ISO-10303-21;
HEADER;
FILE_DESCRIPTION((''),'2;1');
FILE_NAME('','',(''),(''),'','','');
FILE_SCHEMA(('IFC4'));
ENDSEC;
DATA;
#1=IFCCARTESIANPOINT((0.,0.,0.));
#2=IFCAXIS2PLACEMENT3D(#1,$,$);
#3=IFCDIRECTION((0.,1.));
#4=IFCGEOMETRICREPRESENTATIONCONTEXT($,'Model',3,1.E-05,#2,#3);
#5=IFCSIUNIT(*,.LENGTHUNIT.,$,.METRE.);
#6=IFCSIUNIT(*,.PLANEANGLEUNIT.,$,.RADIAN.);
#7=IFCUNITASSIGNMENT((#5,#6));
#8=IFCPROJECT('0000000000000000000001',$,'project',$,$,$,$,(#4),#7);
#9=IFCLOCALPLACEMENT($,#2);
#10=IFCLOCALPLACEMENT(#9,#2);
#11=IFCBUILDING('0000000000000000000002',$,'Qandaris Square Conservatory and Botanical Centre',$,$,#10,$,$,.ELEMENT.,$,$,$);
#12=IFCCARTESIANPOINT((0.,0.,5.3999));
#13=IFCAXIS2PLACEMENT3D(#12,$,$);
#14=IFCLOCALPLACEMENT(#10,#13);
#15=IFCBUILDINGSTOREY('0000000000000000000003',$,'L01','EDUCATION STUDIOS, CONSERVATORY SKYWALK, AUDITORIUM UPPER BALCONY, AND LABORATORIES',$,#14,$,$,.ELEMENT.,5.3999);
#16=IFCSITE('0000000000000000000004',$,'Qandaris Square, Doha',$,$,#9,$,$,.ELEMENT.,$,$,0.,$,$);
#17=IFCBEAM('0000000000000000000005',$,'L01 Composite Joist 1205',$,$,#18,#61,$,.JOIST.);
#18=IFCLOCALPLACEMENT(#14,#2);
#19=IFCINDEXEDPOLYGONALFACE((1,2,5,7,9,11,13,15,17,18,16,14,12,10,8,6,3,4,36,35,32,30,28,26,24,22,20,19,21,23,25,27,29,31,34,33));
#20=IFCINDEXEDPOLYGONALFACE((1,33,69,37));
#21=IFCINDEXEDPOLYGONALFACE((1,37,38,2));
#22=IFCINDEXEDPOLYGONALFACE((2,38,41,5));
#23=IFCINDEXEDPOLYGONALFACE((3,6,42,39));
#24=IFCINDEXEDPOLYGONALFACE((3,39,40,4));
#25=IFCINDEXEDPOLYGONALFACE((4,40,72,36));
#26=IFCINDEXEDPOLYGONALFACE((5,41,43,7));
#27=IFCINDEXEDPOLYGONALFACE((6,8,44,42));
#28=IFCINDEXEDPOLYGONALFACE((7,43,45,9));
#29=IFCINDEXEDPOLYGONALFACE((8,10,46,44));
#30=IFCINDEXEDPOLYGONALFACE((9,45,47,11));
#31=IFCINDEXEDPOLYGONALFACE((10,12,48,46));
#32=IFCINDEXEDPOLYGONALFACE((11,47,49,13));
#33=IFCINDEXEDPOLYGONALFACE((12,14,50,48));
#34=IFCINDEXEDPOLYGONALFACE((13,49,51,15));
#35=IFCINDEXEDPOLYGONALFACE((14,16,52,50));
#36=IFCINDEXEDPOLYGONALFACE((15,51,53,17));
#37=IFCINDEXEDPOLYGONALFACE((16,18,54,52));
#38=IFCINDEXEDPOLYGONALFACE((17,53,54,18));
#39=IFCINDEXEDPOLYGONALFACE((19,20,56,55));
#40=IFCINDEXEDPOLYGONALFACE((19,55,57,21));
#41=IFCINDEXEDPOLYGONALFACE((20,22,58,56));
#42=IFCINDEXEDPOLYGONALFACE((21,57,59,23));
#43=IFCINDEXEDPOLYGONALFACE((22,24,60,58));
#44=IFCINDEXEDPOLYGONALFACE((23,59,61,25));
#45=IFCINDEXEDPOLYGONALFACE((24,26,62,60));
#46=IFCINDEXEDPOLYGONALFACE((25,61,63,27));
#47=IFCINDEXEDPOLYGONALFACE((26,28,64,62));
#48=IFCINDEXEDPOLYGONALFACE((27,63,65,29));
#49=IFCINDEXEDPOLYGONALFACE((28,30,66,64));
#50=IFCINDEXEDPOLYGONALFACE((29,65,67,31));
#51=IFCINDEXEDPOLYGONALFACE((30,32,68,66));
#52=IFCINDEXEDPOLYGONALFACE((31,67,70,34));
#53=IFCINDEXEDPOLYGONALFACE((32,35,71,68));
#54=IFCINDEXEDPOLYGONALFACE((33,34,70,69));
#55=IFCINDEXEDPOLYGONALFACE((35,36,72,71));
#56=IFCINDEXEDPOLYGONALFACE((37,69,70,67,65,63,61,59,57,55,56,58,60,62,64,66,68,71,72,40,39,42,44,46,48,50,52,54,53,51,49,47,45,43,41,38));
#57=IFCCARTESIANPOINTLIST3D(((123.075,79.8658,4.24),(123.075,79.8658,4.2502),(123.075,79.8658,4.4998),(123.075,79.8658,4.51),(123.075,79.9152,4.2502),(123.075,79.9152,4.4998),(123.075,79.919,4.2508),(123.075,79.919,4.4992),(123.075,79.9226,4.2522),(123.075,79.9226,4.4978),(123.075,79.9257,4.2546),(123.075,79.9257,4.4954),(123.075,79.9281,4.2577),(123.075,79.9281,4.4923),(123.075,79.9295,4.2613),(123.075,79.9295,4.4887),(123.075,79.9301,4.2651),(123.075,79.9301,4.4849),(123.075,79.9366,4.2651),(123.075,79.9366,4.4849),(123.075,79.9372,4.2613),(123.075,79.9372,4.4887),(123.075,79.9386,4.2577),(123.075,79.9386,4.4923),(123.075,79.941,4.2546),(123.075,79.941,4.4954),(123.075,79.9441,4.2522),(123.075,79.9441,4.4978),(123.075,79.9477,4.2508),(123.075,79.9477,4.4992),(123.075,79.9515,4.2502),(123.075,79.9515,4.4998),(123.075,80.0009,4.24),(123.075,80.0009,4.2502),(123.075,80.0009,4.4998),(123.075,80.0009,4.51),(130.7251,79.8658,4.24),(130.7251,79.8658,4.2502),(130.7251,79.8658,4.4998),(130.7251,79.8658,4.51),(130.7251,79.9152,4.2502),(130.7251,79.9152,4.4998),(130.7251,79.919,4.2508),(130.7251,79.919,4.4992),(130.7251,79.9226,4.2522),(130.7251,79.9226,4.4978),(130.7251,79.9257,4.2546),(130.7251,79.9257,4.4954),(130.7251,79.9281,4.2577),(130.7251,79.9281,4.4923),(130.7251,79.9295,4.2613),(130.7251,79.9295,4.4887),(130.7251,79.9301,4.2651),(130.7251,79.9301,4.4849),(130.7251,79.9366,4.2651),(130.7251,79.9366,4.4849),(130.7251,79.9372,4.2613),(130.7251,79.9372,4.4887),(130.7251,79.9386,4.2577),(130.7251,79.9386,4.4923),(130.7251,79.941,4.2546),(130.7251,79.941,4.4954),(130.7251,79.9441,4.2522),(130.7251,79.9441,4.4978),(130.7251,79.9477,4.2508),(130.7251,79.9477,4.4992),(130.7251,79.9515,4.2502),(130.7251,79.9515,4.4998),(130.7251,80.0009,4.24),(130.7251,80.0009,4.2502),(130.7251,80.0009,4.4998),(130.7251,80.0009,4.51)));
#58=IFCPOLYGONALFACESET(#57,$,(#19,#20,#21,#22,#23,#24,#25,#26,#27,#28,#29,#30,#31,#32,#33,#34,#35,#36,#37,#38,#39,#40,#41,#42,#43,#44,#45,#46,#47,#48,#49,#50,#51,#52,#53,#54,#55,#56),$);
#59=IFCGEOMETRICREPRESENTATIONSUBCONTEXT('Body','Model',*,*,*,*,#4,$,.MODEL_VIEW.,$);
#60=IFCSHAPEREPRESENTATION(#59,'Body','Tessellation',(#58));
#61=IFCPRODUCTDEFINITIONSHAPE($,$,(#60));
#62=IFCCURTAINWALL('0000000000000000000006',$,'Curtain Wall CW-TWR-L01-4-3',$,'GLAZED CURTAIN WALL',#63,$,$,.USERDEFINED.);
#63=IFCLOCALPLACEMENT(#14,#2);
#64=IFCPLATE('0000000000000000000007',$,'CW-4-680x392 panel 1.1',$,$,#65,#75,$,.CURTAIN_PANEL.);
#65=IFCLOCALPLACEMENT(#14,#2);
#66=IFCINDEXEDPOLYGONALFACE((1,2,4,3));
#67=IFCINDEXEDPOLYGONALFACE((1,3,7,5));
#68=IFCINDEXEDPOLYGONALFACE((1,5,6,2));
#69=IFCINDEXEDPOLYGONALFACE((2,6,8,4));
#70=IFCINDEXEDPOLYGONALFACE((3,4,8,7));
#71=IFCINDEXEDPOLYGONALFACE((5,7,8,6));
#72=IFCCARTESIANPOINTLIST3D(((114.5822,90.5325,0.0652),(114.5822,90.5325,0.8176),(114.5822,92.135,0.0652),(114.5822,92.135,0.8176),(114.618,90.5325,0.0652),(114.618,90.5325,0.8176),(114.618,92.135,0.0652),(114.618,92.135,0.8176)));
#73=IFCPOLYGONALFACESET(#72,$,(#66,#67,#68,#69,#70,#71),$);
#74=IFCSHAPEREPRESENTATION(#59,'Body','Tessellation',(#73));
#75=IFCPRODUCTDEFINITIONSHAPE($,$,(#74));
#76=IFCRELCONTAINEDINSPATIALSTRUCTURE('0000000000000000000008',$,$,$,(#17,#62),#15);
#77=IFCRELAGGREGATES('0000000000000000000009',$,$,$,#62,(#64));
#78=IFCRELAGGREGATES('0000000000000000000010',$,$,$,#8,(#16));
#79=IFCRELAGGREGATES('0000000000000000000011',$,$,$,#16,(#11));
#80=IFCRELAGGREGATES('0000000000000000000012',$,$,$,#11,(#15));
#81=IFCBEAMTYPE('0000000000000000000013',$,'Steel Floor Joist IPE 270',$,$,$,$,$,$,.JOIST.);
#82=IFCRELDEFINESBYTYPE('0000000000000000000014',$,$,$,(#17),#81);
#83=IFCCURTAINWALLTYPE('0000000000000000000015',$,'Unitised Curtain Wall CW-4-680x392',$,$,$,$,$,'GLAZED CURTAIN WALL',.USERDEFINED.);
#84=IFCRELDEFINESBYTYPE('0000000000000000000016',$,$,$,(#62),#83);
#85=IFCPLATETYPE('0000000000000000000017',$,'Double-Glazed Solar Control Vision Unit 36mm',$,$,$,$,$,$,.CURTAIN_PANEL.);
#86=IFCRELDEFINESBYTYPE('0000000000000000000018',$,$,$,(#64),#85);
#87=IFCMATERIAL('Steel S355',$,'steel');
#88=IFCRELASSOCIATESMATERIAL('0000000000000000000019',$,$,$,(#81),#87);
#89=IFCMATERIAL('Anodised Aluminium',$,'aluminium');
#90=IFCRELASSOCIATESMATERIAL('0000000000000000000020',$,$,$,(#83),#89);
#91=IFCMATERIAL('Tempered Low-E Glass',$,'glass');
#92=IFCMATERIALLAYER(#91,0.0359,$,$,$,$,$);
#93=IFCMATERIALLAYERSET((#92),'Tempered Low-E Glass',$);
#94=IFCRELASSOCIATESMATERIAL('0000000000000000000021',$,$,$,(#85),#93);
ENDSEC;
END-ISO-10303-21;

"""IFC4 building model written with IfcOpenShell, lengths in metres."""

from ifc_helpers import new_model, si_unit, direction, frame, origin, origin_2d, place, context, subcontext, project, spatial, rectangle, i_section, extrude, material, layer, layer_set, material_profile, profile_set, type_object, element, aggregate, save


model = new_model("IFC4")

# Units and contexts
model_context = context("Model", 3, precision=1e-05, world=origin(), true_north=direction((0.0, 1.0)))
body_context = subcontext(model_context, "Body", "Model", "MODEL_VIEW")
ifc_project = project(units=[si_unit("LENGTHUNIT", "METRE"), si_unit("PLANEANGLEUNIT", "RADIAN")], contexts=[model_context])

# Site, building, storey
site_placement = place(None, origin())
site = spatial("IfcSite", under=ifc_project, at=site_placement, Name="Qandaris Square, Doha", CompositionType="ELEMENT", RefElevation=0.0)
building_placement = place(site_placement, origin())
building = spatial("IfcBuilding", under=site, at=building_placement, Name="Qandaris Square Conservatory and Botanical Centre", CompositionType="ELEMENT")
storey_placement = place(building_placement, frame((0.0, 0.0, 5.3999)))
storey = spatial("IfcBuildingStorey", under=building, at=storey_placement, Name="L01", Description="EDUCATION STUDIOS, CONSERVATORY SKYWALK, AUDITORIUM UPPER BALCONY, AND LABORATORIES", CompositionType="ELEMENT", Elevation=5.3999)

# Beam
ifc_material_1 = material(Name="Steel S355", Category="steel")
ifc_material_profile_1 = material_profile(ifc_material_1, i_section(OverallWidth=0.135, OverallDepth=0.27, WebThickness=0.0066, FlangeThickness=0.0103, FilletRadius=0.0149, at=origin_2d()), Name="IPE 270")
ifc_profile_set_1 = profile_set([ifc_material_profile_1], Name="Steel S355")
beam_type_1 = type_object("IfcBeamType", Name="Steel Floor Joist IPE 270", PredefinedType="JOIST", material=ifc_profile_set_1)
beam_1_placement = place(storey_placement, frame((123.075, 79.9333, 4.375), z_axis=(1.0, 0.0, 0.0), x_axis=(0.0, 1.0, 0.0)))
element("IfcBeam", 1, at=beam_1_placement, inside=storey, type_object=beam_type_1, Name="L01 Composite Joist 1205", PredefinedType="JOIST", context=body_context, shape_type="SweptSolid", body=[
    extrude(i_section(OverallWidth=0.135, OverallDepth=0.27, WebThickness=0.0066, FlangeThickness=0.0103, FilletRadius=0.0149, at=origin_2d()), origin(), (0.0, 0.0, 1.0), 7.6501),
])

# Curtain wall, plate
ifc_material_2 = material(Name="Anodised Aluminium", Category="aluminium")
curtain_wall_type = type_object("IfcCurtainWallType", Name="Unitised Curtain Wall CW-4-680x392", ElementType="GLAZED CURTAIN WALL", PredefinedType="USERDEFINED", material=ifc_material_2)
curtain_wall_placement = place(storey_placement, origin())
curtain_wall = element("IfcCurtainWall", 2, at=curtain_wall_placement, inside=storey, type_object=curtain_wall_type, Name="Curtain Wall CW-TWR-L01-4-3", ObjectType="GLAZED CURTAIN WALL", PredefinedType="USERDEFINED")
ifc_material_3 = material(Name="Tempered Low-E Glass", Category="glass")
ifc_layer = layer(ifc_material_3, 0.0359)
ifc_layer_set = layer_set([ifc_layer], Name="Tempered Low-E Glass")
plate_type = type_object("IfcPlateType", Name="Double-Glazed Solar Control Vision Unit 36mm", PredefinedType="CURTAIN_PANEL", material=ifc_layer_set)
plate_placement = place(storey_placement, frame((114.6001, 91.3337, 0.0652), z_axis=(0.0, 0.0, 1.0), x_axis=(0.0, -1.0, 0.0)))
plate = element("IfcPlate", 3, at=plate_placement, type_object=plate_type, Name="CW-4-680x392 panel 1.1", PredefinedType="CURTAIN_PANEL", context=body_context, shape_type="SweptSolid", body=[
    extrude(rectangle(XDim=1.6025, YDim=0.0359, at=origin_2d()), origin(), (0.0, 0.0, 1.0), 0.7524),
])
aggregate(curtain_wall, [plate])

save(model, "model.ifc")
